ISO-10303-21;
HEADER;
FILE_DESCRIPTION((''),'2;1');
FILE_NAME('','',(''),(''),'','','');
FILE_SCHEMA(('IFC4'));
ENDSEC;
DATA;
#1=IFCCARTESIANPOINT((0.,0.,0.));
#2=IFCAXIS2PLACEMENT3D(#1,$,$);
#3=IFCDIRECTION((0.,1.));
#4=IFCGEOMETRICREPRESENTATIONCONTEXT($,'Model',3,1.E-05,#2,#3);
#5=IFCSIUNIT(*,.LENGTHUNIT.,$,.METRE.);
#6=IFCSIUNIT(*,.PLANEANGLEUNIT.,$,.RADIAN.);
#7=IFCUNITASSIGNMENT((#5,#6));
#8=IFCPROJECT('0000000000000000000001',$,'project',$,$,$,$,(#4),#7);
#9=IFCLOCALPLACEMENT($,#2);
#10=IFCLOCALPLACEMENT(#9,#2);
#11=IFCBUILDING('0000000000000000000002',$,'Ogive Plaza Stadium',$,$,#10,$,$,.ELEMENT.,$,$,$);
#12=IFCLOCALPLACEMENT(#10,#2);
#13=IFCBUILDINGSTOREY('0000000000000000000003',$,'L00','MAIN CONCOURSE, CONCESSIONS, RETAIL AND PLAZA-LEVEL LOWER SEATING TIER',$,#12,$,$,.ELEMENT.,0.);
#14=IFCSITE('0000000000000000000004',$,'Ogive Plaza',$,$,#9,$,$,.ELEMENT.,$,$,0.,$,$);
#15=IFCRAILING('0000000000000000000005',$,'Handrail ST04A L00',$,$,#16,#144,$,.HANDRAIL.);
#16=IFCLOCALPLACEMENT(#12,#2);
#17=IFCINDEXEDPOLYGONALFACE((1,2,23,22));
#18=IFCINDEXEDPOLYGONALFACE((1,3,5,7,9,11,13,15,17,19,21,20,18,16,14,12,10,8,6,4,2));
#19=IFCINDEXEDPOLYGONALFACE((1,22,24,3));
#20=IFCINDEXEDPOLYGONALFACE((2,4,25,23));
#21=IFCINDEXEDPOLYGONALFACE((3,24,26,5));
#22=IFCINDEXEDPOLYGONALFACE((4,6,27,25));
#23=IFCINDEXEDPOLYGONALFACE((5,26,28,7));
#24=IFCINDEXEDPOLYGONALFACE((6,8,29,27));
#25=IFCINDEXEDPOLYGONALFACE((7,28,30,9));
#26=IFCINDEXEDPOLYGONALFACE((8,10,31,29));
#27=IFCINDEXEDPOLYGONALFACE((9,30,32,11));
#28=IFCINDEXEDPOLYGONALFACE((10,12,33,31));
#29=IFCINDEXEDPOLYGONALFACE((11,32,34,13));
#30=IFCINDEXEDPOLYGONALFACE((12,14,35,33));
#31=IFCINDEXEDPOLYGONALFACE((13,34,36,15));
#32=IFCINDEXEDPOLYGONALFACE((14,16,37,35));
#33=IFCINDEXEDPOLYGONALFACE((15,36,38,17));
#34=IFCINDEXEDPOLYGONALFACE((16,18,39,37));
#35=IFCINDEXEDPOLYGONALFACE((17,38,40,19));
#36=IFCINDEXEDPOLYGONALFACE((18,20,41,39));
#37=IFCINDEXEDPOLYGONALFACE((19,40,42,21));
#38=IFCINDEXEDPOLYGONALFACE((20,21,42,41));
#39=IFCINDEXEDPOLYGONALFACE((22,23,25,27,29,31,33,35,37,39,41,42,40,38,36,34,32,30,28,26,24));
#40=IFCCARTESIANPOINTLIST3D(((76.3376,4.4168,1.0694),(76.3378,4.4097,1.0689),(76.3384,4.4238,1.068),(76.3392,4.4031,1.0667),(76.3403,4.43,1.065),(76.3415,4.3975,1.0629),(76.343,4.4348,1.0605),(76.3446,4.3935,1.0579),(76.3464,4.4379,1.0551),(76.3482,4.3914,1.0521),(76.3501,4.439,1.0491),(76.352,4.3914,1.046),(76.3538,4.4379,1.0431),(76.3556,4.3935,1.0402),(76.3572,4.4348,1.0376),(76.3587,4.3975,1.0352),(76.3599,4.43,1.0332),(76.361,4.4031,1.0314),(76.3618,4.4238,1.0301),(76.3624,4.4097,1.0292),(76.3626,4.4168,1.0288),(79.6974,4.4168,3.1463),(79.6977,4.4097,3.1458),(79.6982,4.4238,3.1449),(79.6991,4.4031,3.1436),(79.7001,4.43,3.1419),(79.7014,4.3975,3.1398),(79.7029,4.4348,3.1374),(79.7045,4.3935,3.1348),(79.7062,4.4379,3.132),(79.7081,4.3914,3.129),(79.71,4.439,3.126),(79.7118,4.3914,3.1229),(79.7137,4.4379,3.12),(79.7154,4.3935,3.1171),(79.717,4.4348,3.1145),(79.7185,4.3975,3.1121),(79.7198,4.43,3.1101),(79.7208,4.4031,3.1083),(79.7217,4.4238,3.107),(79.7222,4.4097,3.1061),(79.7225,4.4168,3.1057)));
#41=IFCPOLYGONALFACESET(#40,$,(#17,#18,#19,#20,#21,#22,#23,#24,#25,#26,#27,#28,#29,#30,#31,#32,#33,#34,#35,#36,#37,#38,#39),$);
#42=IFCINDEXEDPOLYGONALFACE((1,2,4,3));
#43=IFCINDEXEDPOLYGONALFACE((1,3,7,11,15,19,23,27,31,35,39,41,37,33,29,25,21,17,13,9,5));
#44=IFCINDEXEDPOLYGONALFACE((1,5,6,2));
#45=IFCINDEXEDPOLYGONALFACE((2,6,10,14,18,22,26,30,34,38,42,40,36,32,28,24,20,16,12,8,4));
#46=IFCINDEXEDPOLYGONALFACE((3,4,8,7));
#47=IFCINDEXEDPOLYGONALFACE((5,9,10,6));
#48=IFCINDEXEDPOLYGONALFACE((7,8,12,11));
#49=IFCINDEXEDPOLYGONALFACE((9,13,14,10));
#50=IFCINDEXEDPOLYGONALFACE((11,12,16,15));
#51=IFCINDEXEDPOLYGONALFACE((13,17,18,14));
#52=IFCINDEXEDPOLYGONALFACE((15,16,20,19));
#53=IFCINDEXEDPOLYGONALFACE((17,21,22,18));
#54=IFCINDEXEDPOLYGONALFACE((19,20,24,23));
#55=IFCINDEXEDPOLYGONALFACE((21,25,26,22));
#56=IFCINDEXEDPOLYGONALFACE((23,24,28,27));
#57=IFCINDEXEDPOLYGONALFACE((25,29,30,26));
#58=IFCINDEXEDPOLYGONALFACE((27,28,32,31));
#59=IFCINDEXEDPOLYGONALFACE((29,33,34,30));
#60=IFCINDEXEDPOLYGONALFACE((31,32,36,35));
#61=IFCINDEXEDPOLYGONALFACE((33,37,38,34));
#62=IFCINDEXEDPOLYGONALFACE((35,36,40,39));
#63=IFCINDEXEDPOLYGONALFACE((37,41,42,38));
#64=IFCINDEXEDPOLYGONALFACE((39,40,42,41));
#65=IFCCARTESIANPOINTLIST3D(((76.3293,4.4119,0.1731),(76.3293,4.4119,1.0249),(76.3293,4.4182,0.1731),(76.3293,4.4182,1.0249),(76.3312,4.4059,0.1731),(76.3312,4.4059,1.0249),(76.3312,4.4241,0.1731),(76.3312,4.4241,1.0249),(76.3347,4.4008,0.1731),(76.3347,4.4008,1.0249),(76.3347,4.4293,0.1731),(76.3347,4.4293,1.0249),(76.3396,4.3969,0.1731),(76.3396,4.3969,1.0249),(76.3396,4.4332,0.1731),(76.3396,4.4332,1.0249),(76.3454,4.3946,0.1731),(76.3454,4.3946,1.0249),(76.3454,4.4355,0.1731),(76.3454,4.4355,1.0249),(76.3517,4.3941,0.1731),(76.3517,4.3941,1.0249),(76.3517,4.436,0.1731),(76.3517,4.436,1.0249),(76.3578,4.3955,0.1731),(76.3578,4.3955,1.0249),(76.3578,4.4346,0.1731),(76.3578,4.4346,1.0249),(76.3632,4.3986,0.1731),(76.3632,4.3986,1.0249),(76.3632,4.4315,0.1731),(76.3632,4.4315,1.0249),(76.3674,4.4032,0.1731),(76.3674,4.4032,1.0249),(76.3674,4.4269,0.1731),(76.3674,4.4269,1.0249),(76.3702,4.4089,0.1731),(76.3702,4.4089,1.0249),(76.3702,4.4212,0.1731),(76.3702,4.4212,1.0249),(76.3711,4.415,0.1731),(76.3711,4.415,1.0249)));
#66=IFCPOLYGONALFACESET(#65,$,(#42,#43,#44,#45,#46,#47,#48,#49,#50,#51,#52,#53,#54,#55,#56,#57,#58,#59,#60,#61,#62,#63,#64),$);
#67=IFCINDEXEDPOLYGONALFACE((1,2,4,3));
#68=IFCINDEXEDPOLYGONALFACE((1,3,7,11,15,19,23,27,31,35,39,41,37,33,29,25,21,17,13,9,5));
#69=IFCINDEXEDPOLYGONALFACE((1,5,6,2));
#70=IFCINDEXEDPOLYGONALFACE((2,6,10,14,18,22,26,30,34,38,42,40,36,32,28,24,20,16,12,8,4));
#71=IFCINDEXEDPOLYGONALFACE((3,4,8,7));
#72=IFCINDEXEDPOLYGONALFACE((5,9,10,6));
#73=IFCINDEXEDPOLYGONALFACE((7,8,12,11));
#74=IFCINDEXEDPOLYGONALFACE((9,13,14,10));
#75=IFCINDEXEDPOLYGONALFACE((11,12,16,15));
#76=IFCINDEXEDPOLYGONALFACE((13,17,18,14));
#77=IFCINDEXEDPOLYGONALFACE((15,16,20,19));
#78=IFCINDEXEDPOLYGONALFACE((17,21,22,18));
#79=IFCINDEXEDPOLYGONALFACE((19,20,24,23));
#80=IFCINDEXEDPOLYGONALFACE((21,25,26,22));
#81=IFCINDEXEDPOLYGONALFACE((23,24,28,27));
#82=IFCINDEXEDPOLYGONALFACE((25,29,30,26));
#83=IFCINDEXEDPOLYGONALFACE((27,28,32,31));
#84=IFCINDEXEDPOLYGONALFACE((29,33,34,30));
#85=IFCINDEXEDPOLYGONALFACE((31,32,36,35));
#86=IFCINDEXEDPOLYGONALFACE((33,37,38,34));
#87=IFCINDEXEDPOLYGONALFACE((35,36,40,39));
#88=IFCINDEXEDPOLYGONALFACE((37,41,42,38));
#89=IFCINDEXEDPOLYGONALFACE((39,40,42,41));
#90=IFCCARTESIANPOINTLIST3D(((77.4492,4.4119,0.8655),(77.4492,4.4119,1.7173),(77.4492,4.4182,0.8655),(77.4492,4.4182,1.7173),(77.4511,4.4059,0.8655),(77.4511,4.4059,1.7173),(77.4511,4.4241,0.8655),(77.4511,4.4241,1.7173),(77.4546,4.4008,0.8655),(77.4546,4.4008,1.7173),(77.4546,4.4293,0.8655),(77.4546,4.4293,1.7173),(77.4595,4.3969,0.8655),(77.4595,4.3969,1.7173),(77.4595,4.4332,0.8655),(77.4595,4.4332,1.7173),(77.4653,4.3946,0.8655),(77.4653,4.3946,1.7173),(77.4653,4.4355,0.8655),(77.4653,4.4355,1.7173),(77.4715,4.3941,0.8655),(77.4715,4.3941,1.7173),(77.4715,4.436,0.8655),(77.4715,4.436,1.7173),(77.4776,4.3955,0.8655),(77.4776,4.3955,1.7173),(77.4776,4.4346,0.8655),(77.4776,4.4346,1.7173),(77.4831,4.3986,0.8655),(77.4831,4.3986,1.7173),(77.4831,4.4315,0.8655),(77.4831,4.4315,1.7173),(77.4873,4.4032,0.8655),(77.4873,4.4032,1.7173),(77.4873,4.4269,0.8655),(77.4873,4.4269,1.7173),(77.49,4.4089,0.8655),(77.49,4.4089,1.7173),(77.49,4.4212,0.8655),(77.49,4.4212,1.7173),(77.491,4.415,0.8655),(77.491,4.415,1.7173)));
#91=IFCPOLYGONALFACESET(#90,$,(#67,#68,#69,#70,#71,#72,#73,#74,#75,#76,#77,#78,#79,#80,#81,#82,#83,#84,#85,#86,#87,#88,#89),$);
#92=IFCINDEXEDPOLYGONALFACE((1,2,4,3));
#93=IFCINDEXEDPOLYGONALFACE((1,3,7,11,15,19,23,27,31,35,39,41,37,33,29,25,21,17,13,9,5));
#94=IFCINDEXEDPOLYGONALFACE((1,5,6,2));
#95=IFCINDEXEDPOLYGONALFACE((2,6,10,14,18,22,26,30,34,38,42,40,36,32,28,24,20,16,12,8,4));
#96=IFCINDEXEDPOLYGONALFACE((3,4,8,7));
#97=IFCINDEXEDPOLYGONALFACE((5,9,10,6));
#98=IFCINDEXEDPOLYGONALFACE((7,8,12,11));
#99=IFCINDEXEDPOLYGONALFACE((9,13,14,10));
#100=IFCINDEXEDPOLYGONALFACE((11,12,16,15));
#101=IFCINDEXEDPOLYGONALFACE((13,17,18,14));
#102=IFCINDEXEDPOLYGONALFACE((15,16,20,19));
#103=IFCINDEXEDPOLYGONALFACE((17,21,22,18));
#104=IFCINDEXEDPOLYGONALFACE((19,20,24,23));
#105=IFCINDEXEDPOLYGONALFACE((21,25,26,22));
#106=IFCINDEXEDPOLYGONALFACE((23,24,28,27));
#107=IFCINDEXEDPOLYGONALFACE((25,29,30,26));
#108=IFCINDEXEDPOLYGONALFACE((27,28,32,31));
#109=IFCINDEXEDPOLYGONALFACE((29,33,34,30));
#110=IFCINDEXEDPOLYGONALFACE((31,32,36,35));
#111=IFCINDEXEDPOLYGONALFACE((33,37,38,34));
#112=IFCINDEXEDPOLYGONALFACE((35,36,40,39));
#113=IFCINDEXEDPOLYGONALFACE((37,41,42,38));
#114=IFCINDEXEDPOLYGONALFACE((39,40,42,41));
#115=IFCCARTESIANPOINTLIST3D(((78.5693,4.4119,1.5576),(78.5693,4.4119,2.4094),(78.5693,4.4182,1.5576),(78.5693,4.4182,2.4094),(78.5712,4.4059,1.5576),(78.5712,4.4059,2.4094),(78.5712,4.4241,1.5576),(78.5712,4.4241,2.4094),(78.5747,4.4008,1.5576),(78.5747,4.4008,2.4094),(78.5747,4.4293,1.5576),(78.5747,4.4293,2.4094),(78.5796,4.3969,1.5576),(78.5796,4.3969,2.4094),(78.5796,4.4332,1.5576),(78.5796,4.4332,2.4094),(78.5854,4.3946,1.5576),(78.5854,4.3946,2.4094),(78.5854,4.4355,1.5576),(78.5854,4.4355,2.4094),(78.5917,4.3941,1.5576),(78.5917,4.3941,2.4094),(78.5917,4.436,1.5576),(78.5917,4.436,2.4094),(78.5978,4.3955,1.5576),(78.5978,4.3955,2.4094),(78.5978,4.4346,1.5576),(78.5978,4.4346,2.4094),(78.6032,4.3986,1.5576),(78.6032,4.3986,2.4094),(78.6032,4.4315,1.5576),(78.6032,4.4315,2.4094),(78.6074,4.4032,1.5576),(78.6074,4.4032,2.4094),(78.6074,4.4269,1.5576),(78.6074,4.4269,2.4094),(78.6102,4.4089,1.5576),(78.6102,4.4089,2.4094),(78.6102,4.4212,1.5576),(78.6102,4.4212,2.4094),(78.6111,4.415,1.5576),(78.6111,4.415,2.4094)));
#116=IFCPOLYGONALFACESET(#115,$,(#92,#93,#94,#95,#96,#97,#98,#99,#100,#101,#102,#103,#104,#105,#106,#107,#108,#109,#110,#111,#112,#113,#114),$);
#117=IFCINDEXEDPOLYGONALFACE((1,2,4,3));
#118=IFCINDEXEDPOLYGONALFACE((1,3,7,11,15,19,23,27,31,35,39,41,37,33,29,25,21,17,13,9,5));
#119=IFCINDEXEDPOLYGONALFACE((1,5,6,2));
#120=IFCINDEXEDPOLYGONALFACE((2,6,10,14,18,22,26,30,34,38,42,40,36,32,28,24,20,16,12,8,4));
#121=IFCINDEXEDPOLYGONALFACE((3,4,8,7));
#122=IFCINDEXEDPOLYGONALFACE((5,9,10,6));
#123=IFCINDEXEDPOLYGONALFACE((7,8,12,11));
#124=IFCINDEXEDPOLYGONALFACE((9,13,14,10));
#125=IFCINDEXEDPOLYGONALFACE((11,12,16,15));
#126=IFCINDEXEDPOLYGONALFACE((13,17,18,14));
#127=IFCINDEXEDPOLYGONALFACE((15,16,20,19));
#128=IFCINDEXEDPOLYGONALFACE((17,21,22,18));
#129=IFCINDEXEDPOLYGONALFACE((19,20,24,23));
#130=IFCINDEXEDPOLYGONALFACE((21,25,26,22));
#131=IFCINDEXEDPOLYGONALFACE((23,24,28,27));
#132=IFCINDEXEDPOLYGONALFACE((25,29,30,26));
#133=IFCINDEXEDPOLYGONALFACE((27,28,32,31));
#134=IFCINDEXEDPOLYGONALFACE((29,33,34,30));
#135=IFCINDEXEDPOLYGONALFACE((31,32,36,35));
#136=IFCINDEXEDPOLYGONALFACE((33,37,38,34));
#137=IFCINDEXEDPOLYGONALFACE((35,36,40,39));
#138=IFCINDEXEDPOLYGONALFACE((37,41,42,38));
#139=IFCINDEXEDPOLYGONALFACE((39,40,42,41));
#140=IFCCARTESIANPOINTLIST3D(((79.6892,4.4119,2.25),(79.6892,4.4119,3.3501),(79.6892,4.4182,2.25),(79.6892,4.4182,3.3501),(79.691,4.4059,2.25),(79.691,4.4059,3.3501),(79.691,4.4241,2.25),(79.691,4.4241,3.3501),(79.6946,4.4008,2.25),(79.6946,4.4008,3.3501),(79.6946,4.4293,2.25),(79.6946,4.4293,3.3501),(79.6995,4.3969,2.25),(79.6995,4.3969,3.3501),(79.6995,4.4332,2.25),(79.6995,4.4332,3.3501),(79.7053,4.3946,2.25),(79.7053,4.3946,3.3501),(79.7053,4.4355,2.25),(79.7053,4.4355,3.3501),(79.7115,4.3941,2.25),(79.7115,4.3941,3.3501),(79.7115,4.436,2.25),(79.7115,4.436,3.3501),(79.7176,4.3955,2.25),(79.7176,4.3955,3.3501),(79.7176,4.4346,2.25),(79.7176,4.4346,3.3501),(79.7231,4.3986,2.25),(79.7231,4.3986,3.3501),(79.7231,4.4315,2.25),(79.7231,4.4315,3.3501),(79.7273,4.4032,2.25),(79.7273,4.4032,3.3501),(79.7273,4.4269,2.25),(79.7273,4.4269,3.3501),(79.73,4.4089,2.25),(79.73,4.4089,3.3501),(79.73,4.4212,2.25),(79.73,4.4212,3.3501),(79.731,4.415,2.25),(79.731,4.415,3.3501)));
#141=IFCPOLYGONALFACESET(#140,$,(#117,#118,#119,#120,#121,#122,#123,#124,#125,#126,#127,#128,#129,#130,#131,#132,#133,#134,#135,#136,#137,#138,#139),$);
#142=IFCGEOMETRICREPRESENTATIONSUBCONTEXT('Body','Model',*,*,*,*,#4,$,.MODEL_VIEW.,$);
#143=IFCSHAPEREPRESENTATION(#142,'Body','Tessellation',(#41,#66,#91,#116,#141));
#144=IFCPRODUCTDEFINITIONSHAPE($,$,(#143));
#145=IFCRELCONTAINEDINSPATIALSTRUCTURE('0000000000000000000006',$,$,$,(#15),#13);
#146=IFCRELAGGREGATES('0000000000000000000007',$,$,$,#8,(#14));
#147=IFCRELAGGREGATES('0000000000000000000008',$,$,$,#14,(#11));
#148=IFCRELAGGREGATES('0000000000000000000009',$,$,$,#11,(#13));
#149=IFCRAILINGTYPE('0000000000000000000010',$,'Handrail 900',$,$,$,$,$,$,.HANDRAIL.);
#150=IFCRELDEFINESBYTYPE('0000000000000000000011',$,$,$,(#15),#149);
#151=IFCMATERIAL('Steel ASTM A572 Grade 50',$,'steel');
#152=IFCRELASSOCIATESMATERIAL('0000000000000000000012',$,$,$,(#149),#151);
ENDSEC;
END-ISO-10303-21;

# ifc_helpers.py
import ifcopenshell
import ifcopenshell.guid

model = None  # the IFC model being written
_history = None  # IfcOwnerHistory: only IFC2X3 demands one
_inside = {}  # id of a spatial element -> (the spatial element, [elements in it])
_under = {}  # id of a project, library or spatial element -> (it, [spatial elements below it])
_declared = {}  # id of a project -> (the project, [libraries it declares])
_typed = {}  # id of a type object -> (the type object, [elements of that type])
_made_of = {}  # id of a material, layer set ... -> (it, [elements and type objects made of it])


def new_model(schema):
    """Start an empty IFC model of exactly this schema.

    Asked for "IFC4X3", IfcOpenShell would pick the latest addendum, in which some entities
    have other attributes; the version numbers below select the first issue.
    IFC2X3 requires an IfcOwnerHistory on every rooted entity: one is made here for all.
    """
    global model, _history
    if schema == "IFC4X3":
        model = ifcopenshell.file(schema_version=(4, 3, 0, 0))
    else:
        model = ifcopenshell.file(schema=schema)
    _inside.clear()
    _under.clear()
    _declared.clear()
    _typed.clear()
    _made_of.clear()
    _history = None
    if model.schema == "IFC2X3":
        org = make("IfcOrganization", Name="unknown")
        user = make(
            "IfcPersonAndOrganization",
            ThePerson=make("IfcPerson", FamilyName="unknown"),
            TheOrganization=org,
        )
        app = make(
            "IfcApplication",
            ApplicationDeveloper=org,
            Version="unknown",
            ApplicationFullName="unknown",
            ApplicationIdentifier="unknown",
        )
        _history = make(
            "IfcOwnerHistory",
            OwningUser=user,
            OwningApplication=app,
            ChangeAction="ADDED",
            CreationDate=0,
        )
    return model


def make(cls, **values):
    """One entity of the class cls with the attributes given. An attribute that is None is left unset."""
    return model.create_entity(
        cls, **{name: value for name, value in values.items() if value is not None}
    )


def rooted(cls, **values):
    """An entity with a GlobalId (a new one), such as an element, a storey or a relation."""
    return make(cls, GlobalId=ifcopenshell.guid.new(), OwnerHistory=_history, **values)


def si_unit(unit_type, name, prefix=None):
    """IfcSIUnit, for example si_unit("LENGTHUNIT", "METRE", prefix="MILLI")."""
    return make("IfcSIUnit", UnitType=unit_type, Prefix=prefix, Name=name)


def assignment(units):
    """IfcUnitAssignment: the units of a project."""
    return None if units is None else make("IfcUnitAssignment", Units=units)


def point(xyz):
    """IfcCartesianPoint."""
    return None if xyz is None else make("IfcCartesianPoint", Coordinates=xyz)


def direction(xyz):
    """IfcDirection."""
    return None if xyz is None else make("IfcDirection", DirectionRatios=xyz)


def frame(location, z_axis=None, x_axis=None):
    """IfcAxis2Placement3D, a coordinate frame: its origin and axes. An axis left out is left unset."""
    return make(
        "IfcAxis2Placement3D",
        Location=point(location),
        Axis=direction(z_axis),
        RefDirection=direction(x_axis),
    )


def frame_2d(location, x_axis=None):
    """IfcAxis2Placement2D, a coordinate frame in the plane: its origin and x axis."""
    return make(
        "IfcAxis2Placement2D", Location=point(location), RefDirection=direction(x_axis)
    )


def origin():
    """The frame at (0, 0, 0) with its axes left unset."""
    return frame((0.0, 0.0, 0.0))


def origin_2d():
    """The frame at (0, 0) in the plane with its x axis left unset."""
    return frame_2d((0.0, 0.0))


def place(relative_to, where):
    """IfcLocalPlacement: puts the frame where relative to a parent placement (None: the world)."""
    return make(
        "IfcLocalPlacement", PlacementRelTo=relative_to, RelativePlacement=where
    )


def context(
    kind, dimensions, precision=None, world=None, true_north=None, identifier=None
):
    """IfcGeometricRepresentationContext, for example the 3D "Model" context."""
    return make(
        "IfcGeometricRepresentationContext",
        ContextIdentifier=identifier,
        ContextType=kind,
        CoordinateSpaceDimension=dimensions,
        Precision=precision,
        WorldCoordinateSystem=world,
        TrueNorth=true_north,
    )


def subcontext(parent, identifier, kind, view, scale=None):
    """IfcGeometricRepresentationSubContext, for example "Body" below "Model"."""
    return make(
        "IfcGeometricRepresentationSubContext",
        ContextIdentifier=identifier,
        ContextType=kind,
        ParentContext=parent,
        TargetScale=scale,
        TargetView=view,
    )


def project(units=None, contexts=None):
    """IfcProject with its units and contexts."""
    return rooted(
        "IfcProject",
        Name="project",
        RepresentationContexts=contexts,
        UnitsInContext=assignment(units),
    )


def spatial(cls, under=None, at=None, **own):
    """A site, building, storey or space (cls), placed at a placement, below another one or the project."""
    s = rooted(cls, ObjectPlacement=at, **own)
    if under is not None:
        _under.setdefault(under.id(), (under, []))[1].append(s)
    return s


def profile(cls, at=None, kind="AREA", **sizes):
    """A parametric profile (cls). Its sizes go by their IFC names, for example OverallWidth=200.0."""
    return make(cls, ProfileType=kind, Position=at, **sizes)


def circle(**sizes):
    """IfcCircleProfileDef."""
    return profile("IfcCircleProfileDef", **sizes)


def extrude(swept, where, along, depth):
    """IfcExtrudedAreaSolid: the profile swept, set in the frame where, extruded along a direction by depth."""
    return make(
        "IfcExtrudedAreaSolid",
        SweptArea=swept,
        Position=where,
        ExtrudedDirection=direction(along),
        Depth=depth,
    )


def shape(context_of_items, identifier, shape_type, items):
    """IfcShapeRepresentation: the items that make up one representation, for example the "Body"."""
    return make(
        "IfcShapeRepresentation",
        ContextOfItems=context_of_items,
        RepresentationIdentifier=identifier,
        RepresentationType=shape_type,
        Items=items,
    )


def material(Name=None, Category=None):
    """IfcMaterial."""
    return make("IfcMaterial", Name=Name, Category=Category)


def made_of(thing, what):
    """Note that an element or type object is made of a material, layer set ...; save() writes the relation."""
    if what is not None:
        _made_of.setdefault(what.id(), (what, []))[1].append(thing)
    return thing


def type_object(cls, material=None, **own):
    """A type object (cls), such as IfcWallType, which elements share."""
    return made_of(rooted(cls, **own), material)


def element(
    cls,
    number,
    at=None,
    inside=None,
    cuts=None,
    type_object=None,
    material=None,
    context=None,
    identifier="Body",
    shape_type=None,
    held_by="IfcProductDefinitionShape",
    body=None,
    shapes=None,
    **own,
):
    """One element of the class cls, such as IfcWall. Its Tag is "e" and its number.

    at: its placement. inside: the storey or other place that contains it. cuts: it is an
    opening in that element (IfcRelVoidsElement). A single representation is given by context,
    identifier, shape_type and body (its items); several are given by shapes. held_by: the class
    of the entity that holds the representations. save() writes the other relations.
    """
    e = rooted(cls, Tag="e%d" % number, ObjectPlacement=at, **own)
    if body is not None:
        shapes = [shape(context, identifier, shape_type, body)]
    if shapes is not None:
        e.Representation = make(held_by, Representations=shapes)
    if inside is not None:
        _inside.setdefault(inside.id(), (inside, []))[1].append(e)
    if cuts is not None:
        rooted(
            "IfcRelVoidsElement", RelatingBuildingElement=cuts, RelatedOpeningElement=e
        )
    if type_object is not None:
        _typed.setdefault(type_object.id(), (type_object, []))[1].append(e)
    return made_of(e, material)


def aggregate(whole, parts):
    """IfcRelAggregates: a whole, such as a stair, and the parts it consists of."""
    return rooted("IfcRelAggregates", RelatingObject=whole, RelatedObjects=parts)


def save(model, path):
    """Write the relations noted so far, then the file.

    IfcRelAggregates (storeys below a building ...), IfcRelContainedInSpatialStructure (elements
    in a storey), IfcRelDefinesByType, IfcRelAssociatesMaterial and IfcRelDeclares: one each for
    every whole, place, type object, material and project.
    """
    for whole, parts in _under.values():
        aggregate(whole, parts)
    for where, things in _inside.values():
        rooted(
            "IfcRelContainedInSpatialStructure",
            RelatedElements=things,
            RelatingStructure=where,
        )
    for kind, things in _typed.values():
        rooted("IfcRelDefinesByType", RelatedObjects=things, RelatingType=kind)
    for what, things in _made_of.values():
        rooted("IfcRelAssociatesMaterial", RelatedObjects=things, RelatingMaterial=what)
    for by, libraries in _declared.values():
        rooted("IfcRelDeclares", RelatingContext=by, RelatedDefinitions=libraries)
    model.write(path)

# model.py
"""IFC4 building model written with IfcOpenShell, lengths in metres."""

from ifc_helpers import new_model, si_unit, direction, frame, origin, origin_2d, place, context, subcontext, project, spatial, circle, extrude, material, type_object, element, save


model = new_model("IFC4")

# Units and contexts
model_context = context("Model", 3, precision=1e-05, world=origin(), true_north=direction((0.0, 1.0)))
body_context = subcontext(model_context, "Body", "Model", "MODEL_VIEW")
ifc_project = project(units=[si_unit("LENGTHUNIT", "METRE"), si_unit("PLANEANGLEUNIT", "RADIAN")], contexts=[model_context])

# Site, building, storey
site_placement = place(None, origin())
site = spatial("IfcSite", under=ifc_project, at=site_placement, Name="Ogive Plaza", CompositionType="ELEMENT", RefElevation=0.0)
building_placement = place(site_placement, origin())
building = spatial("IfcBuilding", under=site, at=building_placement, Name="Ogive Plaza Stadium", CompositionType="ELEMENT")
storey_placement = place(building_placement, origin())
storey = spatial("IfcBuildingStorey", under=building, at=storey_placement, Name="L00", Description="MAIN CONCOURSE, CONCESSIONS, RETAIL AND PLAZA-LEVEL LOWER SEATING TIER", CompositionType="ELEMENT", Elevation=0.0)

# Railing
ifc_material_1 = material(Name="Steel ASTM A572 Grade 50", Category="steel")
railing_type_1 = type_object("IfcRailingType", Name="Handrail 900", PredefinedType="HANDRAIL", material=ifc_material_1)
for number, where, name in (
    (1, (76.3501, 4.415, 0.1731), "Handrail ST04A L00"),
):
    element("IfcRailing", number, at=place(storey_placement, frame(where)), inside=storey, type_object=railing_type_1, Name=name, PredefinedType="HANDRAIL", context=body_context, shape_type="SweptSolid", body=[
        extrude(circle(Radius=0.0239, at=origin_2d()), frame((0.0, 0.0, 0.876), z_axis=(0.850606, 0.0, 0.525803), x_axis=(0.0, 1.0, 0.0)), (0.0, 0.0, 1.0), 3.95),
        extrude(circle(Radius=0.021, at=origin_2d()), origin(), (0.0, 0.0, 1.0), 0.8518),
        extrude(circle(Radius=0.021, at=origin_2d()), frame((1.1199, 0.0, 0.6924)), (0.0, 0.0, 1.0), 0.8518),
        extrude(circle(Radius=0.021, at=origin_2d()), frame((2.24, 0.0, 1.3845)), (0.0, 0.0, 1.0), 0.8518),
        extrude(circle(Radius=0.021, at=origin_2d()), frame((3.3599, 0.0, 2.0769)), (0.0, 0.0, 1.0), 1.1001),
    ])

save(model, "model.ifc")
